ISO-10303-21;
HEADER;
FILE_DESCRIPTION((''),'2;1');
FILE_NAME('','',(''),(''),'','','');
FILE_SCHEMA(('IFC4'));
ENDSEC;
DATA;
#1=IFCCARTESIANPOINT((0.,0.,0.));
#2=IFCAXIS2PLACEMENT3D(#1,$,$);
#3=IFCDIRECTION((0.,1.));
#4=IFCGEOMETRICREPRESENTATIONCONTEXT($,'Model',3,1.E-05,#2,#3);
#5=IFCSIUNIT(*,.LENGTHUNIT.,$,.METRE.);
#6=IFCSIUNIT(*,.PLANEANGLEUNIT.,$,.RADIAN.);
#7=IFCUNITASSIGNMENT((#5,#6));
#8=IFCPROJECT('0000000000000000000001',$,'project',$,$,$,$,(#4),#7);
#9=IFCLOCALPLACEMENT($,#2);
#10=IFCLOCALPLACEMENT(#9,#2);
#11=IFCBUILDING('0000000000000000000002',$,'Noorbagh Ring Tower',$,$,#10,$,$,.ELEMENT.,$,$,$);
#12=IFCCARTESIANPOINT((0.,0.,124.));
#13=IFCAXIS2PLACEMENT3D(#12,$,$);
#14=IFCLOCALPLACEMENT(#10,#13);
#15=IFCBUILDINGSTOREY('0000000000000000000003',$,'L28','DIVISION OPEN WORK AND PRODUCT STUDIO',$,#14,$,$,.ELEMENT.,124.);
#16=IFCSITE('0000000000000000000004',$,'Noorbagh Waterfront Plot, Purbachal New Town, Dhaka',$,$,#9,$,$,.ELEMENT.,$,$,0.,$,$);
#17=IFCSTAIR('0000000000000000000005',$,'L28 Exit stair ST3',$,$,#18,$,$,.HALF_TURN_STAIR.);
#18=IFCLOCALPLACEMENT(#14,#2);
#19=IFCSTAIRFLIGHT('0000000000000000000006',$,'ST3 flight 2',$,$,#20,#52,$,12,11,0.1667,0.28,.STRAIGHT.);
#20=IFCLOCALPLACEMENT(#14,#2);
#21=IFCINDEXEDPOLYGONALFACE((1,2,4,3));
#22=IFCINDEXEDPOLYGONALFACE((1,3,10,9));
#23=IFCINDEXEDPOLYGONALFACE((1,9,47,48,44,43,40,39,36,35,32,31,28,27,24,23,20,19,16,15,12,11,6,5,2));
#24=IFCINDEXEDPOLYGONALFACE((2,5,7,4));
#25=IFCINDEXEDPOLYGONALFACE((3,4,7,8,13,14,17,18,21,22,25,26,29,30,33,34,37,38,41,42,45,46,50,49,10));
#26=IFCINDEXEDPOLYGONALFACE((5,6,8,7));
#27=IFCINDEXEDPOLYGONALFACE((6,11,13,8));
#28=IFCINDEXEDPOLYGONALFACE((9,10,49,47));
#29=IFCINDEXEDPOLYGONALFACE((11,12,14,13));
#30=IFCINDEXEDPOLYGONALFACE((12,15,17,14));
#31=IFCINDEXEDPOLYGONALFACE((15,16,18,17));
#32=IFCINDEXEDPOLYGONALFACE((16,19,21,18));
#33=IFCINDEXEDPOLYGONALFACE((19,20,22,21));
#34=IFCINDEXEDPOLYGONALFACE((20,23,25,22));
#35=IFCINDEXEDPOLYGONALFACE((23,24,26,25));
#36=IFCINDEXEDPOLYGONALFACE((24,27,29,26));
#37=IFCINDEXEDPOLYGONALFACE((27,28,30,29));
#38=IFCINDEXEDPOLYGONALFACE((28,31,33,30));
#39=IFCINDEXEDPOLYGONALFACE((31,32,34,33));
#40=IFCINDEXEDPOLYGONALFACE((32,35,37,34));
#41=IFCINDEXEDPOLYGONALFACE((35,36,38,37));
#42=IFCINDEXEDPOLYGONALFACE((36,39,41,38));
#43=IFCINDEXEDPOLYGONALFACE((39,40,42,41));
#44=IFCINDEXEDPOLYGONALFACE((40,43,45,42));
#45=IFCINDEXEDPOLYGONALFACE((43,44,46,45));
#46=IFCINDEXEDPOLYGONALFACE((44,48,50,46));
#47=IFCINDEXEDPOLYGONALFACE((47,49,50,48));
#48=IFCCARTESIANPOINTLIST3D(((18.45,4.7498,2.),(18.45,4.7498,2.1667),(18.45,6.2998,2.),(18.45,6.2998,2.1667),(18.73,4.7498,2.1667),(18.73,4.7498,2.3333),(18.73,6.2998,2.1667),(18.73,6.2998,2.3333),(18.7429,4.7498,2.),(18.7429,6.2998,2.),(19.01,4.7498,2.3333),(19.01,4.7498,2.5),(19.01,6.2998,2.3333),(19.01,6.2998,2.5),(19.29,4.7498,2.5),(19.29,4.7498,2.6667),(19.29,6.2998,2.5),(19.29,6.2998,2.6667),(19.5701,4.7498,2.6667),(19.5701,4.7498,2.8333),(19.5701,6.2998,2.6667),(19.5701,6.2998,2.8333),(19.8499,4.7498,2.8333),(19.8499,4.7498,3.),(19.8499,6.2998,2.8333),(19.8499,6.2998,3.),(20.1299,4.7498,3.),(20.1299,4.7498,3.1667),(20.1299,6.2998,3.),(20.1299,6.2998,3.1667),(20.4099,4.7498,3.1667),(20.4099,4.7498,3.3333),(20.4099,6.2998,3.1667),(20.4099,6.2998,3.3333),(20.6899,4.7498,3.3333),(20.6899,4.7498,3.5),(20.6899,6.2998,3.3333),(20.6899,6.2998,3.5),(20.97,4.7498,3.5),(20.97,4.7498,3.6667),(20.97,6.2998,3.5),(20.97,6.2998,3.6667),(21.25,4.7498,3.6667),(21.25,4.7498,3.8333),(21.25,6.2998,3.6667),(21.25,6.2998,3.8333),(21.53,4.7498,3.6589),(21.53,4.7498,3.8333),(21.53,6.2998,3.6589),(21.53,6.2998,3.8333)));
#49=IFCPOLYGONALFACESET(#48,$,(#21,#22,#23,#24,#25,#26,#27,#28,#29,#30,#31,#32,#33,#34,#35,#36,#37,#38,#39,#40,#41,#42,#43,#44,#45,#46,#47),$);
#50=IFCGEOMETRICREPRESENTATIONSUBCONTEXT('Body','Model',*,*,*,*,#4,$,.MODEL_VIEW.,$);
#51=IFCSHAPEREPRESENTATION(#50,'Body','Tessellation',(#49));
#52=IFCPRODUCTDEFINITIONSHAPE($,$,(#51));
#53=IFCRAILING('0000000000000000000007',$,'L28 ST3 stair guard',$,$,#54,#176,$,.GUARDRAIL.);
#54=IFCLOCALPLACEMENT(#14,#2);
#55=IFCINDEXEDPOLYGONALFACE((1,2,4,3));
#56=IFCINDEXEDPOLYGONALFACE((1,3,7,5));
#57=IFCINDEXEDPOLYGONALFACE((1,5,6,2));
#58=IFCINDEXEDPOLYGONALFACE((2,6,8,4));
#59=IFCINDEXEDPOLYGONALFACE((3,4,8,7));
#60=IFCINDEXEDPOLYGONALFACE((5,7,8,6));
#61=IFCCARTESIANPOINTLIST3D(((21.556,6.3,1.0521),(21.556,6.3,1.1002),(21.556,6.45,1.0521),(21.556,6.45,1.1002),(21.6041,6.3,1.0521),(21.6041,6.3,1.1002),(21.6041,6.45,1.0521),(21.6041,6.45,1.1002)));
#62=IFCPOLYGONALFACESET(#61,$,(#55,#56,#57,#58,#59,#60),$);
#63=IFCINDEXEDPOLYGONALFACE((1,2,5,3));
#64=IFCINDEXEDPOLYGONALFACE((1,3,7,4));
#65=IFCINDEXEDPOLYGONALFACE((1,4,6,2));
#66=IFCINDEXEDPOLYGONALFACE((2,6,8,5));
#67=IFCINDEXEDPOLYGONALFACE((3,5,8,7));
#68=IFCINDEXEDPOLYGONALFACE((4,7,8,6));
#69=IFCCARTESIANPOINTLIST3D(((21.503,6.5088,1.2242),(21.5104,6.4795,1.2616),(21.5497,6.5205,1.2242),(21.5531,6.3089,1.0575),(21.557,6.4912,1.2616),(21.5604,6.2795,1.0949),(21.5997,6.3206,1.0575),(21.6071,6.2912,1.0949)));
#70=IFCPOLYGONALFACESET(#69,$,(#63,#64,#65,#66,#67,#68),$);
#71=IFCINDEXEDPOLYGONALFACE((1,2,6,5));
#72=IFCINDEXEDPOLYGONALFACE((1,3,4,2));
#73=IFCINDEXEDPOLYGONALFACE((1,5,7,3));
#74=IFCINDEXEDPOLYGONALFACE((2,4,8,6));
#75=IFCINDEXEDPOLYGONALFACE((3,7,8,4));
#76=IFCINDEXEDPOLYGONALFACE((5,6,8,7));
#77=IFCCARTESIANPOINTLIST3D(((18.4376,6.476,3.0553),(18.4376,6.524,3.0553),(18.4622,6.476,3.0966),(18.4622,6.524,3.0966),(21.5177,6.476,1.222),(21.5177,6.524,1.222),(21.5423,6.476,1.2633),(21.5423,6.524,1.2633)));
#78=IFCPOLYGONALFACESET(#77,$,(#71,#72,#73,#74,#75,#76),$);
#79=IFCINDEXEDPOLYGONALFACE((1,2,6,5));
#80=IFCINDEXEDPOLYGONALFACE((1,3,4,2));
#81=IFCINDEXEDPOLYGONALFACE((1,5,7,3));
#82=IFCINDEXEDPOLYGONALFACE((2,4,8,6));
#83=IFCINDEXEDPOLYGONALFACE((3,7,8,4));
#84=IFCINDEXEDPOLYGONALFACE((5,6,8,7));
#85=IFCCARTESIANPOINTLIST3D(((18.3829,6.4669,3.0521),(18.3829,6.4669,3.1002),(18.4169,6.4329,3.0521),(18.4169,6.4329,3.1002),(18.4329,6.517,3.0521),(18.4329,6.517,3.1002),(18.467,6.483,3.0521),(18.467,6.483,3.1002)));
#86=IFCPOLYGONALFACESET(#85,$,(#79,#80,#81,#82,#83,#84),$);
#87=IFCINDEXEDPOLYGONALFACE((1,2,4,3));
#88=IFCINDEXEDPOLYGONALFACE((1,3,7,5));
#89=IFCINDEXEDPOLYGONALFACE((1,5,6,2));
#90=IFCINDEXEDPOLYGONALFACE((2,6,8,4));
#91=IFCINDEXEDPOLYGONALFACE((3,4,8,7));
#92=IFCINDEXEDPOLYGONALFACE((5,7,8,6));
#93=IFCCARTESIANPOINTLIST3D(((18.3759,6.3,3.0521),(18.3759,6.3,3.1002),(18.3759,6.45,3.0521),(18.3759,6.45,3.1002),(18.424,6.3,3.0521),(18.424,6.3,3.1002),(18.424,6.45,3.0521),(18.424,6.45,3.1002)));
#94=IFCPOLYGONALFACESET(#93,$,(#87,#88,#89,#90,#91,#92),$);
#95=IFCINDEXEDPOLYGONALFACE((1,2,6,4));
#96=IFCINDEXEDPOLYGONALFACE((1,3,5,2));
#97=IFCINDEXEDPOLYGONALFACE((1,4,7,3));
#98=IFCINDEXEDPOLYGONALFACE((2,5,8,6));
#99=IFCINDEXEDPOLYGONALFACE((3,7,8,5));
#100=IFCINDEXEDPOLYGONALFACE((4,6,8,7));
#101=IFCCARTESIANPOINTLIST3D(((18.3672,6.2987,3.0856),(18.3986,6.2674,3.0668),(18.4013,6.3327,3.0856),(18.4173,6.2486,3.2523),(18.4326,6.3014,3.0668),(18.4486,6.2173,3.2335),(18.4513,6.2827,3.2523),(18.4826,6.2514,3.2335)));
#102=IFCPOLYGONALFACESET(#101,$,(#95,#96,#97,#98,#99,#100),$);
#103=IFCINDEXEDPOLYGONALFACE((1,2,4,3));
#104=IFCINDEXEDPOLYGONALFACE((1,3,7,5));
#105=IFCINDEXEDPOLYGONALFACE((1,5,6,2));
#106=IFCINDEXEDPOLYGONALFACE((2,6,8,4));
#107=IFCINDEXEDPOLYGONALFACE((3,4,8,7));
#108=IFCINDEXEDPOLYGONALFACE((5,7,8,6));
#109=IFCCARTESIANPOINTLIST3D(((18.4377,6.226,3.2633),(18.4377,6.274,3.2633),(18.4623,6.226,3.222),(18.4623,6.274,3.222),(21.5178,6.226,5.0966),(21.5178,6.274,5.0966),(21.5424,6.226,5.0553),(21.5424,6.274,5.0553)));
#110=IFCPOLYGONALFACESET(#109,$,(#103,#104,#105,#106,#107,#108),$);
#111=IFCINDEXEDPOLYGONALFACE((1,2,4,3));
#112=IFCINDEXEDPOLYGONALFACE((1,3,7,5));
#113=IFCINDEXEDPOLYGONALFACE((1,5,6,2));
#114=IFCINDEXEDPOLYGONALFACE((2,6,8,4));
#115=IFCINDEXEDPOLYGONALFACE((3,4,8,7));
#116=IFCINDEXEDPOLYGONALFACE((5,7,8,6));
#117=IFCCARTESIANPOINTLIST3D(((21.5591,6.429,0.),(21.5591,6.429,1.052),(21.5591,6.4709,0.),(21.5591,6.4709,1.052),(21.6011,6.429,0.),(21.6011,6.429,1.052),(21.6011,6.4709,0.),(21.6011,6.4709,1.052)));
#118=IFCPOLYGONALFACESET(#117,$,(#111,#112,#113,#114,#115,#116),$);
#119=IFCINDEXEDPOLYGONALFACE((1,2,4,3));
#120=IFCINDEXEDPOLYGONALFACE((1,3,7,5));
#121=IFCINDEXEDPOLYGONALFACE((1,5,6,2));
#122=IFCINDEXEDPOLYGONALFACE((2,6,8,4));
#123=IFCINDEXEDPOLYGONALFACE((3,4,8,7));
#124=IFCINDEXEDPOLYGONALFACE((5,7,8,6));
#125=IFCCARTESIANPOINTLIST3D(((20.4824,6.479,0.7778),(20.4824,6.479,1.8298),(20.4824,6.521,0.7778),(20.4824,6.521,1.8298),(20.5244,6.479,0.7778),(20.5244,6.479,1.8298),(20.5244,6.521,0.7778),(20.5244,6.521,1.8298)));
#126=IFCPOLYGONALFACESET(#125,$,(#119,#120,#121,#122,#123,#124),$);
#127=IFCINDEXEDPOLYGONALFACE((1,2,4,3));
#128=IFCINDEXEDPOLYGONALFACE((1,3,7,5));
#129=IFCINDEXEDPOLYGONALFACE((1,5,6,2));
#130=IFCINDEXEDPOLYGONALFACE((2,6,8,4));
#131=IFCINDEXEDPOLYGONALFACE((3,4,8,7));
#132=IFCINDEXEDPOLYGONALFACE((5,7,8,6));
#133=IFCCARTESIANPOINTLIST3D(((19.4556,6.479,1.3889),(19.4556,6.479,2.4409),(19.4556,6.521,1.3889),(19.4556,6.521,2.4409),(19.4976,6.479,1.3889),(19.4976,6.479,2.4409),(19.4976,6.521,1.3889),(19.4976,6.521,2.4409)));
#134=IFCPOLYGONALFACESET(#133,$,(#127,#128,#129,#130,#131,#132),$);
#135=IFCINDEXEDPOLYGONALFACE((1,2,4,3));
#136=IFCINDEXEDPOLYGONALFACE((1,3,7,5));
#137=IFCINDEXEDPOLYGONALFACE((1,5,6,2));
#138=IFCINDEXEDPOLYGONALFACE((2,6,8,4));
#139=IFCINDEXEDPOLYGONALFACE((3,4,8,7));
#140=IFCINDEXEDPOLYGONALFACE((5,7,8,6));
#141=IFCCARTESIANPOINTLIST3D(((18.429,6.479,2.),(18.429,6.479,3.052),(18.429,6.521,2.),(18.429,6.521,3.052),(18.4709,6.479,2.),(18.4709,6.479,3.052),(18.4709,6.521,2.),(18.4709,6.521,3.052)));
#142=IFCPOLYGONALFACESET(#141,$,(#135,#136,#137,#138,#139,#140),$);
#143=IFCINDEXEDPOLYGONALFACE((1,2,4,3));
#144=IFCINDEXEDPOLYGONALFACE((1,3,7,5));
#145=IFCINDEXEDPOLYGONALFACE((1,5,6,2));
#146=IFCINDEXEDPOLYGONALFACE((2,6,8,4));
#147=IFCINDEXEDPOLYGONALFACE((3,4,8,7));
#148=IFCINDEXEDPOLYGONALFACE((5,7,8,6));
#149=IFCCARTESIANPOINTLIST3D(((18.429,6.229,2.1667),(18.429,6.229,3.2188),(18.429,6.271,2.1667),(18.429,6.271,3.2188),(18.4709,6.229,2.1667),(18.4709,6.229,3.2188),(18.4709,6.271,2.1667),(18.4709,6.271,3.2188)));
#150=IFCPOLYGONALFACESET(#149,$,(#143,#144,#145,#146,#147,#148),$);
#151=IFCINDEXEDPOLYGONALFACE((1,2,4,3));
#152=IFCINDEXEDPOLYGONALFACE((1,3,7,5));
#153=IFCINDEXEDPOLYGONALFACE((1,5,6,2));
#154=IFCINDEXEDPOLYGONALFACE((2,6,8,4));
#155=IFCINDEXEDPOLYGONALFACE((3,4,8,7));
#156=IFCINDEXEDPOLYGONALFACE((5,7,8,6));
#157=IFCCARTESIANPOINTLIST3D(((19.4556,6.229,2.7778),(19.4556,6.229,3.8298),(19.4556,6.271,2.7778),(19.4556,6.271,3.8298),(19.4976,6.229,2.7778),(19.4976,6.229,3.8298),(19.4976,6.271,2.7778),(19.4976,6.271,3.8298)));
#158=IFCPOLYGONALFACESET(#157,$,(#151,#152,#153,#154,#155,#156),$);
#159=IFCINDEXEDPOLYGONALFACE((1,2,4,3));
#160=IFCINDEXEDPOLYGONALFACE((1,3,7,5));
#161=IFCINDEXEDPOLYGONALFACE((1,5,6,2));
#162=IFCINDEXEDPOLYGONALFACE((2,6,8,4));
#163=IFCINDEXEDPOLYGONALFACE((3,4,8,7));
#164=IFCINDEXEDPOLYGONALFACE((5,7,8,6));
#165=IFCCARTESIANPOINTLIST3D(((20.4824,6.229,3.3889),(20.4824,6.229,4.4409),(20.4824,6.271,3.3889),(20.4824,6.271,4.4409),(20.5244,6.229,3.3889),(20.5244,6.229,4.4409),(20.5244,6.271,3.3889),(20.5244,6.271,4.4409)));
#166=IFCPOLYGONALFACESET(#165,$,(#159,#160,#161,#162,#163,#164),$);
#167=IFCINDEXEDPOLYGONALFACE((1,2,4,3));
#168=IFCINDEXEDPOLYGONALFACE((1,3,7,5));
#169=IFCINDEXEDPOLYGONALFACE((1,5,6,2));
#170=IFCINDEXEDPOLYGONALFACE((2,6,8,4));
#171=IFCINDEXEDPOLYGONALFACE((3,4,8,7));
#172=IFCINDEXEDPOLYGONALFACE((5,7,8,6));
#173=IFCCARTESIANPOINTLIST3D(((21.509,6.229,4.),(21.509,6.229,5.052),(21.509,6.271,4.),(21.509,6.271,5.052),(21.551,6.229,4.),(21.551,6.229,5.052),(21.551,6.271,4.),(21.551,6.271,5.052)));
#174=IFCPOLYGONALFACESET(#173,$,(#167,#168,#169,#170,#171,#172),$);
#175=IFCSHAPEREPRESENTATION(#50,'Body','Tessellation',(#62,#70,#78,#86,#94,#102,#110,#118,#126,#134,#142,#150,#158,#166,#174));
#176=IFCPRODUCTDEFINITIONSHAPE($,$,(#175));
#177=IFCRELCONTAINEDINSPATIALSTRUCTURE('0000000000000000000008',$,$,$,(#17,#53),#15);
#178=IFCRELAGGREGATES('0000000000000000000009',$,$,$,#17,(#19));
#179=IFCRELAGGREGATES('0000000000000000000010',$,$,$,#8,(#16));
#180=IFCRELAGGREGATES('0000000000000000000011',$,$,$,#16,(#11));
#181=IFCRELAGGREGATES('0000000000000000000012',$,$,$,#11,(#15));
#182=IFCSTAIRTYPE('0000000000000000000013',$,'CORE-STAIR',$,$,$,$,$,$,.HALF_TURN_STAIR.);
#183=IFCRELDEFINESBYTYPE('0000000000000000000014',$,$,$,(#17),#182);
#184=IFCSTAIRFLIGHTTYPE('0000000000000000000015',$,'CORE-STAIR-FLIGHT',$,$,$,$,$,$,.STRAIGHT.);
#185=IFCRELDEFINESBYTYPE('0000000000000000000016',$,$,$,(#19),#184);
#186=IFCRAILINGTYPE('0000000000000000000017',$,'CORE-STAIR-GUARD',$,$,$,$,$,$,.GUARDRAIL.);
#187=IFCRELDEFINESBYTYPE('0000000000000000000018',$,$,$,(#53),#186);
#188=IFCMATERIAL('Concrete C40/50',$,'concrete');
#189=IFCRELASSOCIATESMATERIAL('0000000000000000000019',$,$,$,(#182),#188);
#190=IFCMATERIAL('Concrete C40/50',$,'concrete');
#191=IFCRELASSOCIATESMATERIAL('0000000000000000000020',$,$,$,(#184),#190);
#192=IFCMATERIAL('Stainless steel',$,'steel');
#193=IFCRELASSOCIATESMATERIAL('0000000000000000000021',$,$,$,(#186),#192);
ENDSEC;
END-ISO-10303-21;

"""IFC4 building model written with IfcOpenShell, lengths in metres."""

from ifc_helpers import new_model, si_unit, direction, frame, origin, origin_2d, place, context, subcontext, project, spatial, polyline, rectangle, outline, extrude, material, type_object, element, aggregate, save


model = new_model("IFC4")

# Units and contexts
model_context = context("Model", 3, precision=1e-05, world=origin(), true_north=direction((0.0, 1.0)))
body_context = subcontext(model_context, "Body", "Model", "MODEL_VIEW")
ifc_project = project(units=[si_unit("LENGTHUNIT", "METRE"), si_unit("PLANEANGLEUNIT", "RADIAN")], contexts=[model_context])

# Site, building, storey
site_placement = place(None, origin())
site = spatial("IfcSite", under=ifc_project, at=site_placement, Name="Noorbagh Waterfront Plot, Purbachal New Town, Dhaka", CompositionType="ELEMENT", RefElevation=0.0)
building_placement = place(site_placement, origin())
building = spatial("IfcBuilding", under=site, at=building_placement, Name="Noorbagh Ring Tower", CompositionType="ELEMENT")
storey_placement = place(building_placement, frame((0.0, 0.0, 124.0)))
storey = spatial("IfcBuildingStorey", under=building, at=storey_placement, Name="L28", Description="DIVISION OPEN WORK AND PRODUCT STUDIO", CompositionType="ELEMENT", Elevation=124.0)

# Stair, stair flight
ifc_material_1 = material(Name="Concrete C40/50", Category="concrete")
stair_type = type_object("IfcStairType", Name="CORE-STAIR", PredefinedType="HALF_TURN_STAIR", material=ifc_material_1)
stair_placement = place(storey_placement, origin())
stair = element("IfcStair", 1, at=stair_placement, inside=storey, type_object=stair_type, Name="L28 Exit stair ST3", PredefinedType="HALF_TURN_STAIR")
ifc_material_2 = material(Name="Concrete C40/50", Category="concrete")
stair_flight_type = type_object("IfcStairFlightType", Name="CORE-STAIR-FLIGHT", PredefinedType="STRAIGHT", material=ifc_material_2)
stair_flight_1_placement = place(storey_placement, frame((18.45, 5.5249, 2.0), z_axis=(0.0, 0.0, 1.0), x_axis=(1.0, 0.0, 0.0)))
stair_flight_1 = element("IfcStairFlight", 2, at=stair_flight_1_placement, type_object=stair_flight_type, Name="ST3 flight 2", NumberOfRisers=12, NumberOfTreads=11, PredefinedType="STRAIGHT", RiserHeight=0.1667, TreadLength=0.28, context=body_context, shape_type="SweptSolid", body=[
    extrude(outline(polyline([(0.0, 0.0), (0.0, 0.1667), (0.28, 0.1667), (0.28, 0.3333), (0.5601, 0.3333), (0.5601, 0.5), (0.8401, 0.5), (0.8401, 0.6667), (1.1201, 0.6667), (1.1201, 0.8333), (1.3999, 0.8333), (1.3999, 1.0), (1.6799, 1.0), (1.6799, 1.1667), (1.96, 1.1667), (1.96, 1.3333), (2.24, 1.3333), (2.24, 1.5), (2.52, 1.5), (2.52, 1.6667), (2.8, 1.6667), (2.8, 1.8333), (3.0801, 1.8333), (3.0801, 2.0), (3.0801, 1.6589), (0.293, 0.0), (0.0, 0.0)])), frame((0.0, 0.7749, 0.0), z_axis=(0.0, -1.0, 0.0), x_axis=(1.0, 0.0, 0.0)), (0.0, 0.0, 1.0), 1.55),
])
aggregate(stair, [stair_flight_1])

# Railing
ifc_material_3 = material(Name="Stainless steel", Category="steel")
railing_type = type_object("IfcRailingType", Name="CORE-STAIR-GUARD", PredefinedType="GUARDRAIL", material=ifc_material_3)
railing_placement = place(storey_placement, frame((21.5801, 6.45, 0.0)))
element("IfcRailing", 3, at=railing_placement, inside=storey, type_object=railing_type, Name="L28 ST3 stair guard", PredefinedType="GUARDRAIL", context=body_context, shape_type="SweptSolid", body=[
    extrude(rectangle(XDim=0.0481, YDim=0.0481, at=origin_2d()), frame((0.0, 0.0, 1.0762), z_axis=(0.0, -1.0, 0.0), x_axis=(1.0, 0.0, 0.0)), (0.0, 0.0, 1.0), 0.1499),
    extrude(rectangle(XDim=0.0481, YDim=0.0481, at=origin_2d()), frame((0.0, -0.1499, 1.0762), z_axis=(-0.188776, 0.754182, 0.628946), x_axis=(-0.970073, -0.242814, 0.0)), (0.0, 0.0, 1.0), 0.2651),
    extrude(rectangle(XDim=0.0481, YDim=0.0481, at=origin_2d()), frame((-0.05, 0.05, 1.2427), z_axis=(-0.859309, 0.0, 0.511458), x_axis=(0.0, -1.0, 0.0)), (0.0, 0.0, 1.0), 3.5845),
    extrude(rectangle(XDim=0.0481, YDim=0.0481, at=origin_2d()), frame((-3.1301, 0.05, 3.0762), z_axis=(-0.707107, -0.707107, 0.0), x_axis=(0.707107, -0.707107, 0.0)), (0.0, 0.0, 1.0), 0.0708),
    extrude(rectangle(XDim=0.0481, YDim=0.0481, at=origin_2d()), frame((-3.1802, 0.0, 3.0762), z_axis=(0.0, -1.0, 0.0), x_axis=(1.0, 0.0, 0.0)), (0.0, 0.0, 1.0), 0.1499),
    extrude(rectangle(XDim=0.0481, YDim=0.0481, at=origin_2d()), frame((-3.1802, -0.1499, 3.0762), z_axis=(0.276287, -0.276287, 0.920506), x_axis=(0.707107, 0.707107, 0.0)), (0.0, 0.0, 1.0), 0.1812),
    extrude(rectangle(XDim=0.0481, YDim=0.0481, at=origin_2d()), frame((-3.1301, -0.2, 3.2427), z_axis=(0.859309, 0.0, 0.511458), x_axis=(0.0, 1.0, 0.0)), (0.0, 0.0, 1.0), 3.5845),
    extrude(rectangle(XDim=0.042, YDim=0.042, at=origin_2d()), origin(), (0.0, 0.0, 1.0), 1.052),
    extrude(rectangle(XDim=0.042, YDim=0.042, at=origin_2d()), frame((-1.0767, 0.05, 0.7778)), (0.0, 0.0, 1.0), 1.052),
    extrude(rectangle(XDim=0.042, YDim=0.042, at=origin_2d()), frame((-2.1035, 0.05, 1.3889)), (0.0, 0.0, 1.0), 1.052),
    extrude(rectangle(XDim=0.042, YDim=0.042, at=origin_2d()), frame((-3.1301, 0.05, 2.0)), (0.0, 0.0, 1.0), 1.052),
    extrude(rectangle(XDim=0.042, YDim=0.042, at=origin_2d()), frame((-3.1301, -0.2, 2.1667)), (0.0, 0.0, 1.0), 1.052),
    extrude(rectangle(XDim=0.042, YDim=0.042, at=origin_2d()), frame((-2.1035, -0.2, 2.7778)), (0.0, 0.0, 1.0), 1.052),
    extrude(rectangle(XDim=0.042, YDim=0.042, at=origin_2d()), frame((-1.0767, -0.2, 3.3889)), (0.0, 0.0, 1.0), 1.052),
    extrude(rectangle(XDim=0.042, YDim=0.042, at=origin_2d()), frame((-0.05, -0.2, 4.0)), (0.0, 0.0, 1.0), 1.052),
])

save(model, "model.ifc")
